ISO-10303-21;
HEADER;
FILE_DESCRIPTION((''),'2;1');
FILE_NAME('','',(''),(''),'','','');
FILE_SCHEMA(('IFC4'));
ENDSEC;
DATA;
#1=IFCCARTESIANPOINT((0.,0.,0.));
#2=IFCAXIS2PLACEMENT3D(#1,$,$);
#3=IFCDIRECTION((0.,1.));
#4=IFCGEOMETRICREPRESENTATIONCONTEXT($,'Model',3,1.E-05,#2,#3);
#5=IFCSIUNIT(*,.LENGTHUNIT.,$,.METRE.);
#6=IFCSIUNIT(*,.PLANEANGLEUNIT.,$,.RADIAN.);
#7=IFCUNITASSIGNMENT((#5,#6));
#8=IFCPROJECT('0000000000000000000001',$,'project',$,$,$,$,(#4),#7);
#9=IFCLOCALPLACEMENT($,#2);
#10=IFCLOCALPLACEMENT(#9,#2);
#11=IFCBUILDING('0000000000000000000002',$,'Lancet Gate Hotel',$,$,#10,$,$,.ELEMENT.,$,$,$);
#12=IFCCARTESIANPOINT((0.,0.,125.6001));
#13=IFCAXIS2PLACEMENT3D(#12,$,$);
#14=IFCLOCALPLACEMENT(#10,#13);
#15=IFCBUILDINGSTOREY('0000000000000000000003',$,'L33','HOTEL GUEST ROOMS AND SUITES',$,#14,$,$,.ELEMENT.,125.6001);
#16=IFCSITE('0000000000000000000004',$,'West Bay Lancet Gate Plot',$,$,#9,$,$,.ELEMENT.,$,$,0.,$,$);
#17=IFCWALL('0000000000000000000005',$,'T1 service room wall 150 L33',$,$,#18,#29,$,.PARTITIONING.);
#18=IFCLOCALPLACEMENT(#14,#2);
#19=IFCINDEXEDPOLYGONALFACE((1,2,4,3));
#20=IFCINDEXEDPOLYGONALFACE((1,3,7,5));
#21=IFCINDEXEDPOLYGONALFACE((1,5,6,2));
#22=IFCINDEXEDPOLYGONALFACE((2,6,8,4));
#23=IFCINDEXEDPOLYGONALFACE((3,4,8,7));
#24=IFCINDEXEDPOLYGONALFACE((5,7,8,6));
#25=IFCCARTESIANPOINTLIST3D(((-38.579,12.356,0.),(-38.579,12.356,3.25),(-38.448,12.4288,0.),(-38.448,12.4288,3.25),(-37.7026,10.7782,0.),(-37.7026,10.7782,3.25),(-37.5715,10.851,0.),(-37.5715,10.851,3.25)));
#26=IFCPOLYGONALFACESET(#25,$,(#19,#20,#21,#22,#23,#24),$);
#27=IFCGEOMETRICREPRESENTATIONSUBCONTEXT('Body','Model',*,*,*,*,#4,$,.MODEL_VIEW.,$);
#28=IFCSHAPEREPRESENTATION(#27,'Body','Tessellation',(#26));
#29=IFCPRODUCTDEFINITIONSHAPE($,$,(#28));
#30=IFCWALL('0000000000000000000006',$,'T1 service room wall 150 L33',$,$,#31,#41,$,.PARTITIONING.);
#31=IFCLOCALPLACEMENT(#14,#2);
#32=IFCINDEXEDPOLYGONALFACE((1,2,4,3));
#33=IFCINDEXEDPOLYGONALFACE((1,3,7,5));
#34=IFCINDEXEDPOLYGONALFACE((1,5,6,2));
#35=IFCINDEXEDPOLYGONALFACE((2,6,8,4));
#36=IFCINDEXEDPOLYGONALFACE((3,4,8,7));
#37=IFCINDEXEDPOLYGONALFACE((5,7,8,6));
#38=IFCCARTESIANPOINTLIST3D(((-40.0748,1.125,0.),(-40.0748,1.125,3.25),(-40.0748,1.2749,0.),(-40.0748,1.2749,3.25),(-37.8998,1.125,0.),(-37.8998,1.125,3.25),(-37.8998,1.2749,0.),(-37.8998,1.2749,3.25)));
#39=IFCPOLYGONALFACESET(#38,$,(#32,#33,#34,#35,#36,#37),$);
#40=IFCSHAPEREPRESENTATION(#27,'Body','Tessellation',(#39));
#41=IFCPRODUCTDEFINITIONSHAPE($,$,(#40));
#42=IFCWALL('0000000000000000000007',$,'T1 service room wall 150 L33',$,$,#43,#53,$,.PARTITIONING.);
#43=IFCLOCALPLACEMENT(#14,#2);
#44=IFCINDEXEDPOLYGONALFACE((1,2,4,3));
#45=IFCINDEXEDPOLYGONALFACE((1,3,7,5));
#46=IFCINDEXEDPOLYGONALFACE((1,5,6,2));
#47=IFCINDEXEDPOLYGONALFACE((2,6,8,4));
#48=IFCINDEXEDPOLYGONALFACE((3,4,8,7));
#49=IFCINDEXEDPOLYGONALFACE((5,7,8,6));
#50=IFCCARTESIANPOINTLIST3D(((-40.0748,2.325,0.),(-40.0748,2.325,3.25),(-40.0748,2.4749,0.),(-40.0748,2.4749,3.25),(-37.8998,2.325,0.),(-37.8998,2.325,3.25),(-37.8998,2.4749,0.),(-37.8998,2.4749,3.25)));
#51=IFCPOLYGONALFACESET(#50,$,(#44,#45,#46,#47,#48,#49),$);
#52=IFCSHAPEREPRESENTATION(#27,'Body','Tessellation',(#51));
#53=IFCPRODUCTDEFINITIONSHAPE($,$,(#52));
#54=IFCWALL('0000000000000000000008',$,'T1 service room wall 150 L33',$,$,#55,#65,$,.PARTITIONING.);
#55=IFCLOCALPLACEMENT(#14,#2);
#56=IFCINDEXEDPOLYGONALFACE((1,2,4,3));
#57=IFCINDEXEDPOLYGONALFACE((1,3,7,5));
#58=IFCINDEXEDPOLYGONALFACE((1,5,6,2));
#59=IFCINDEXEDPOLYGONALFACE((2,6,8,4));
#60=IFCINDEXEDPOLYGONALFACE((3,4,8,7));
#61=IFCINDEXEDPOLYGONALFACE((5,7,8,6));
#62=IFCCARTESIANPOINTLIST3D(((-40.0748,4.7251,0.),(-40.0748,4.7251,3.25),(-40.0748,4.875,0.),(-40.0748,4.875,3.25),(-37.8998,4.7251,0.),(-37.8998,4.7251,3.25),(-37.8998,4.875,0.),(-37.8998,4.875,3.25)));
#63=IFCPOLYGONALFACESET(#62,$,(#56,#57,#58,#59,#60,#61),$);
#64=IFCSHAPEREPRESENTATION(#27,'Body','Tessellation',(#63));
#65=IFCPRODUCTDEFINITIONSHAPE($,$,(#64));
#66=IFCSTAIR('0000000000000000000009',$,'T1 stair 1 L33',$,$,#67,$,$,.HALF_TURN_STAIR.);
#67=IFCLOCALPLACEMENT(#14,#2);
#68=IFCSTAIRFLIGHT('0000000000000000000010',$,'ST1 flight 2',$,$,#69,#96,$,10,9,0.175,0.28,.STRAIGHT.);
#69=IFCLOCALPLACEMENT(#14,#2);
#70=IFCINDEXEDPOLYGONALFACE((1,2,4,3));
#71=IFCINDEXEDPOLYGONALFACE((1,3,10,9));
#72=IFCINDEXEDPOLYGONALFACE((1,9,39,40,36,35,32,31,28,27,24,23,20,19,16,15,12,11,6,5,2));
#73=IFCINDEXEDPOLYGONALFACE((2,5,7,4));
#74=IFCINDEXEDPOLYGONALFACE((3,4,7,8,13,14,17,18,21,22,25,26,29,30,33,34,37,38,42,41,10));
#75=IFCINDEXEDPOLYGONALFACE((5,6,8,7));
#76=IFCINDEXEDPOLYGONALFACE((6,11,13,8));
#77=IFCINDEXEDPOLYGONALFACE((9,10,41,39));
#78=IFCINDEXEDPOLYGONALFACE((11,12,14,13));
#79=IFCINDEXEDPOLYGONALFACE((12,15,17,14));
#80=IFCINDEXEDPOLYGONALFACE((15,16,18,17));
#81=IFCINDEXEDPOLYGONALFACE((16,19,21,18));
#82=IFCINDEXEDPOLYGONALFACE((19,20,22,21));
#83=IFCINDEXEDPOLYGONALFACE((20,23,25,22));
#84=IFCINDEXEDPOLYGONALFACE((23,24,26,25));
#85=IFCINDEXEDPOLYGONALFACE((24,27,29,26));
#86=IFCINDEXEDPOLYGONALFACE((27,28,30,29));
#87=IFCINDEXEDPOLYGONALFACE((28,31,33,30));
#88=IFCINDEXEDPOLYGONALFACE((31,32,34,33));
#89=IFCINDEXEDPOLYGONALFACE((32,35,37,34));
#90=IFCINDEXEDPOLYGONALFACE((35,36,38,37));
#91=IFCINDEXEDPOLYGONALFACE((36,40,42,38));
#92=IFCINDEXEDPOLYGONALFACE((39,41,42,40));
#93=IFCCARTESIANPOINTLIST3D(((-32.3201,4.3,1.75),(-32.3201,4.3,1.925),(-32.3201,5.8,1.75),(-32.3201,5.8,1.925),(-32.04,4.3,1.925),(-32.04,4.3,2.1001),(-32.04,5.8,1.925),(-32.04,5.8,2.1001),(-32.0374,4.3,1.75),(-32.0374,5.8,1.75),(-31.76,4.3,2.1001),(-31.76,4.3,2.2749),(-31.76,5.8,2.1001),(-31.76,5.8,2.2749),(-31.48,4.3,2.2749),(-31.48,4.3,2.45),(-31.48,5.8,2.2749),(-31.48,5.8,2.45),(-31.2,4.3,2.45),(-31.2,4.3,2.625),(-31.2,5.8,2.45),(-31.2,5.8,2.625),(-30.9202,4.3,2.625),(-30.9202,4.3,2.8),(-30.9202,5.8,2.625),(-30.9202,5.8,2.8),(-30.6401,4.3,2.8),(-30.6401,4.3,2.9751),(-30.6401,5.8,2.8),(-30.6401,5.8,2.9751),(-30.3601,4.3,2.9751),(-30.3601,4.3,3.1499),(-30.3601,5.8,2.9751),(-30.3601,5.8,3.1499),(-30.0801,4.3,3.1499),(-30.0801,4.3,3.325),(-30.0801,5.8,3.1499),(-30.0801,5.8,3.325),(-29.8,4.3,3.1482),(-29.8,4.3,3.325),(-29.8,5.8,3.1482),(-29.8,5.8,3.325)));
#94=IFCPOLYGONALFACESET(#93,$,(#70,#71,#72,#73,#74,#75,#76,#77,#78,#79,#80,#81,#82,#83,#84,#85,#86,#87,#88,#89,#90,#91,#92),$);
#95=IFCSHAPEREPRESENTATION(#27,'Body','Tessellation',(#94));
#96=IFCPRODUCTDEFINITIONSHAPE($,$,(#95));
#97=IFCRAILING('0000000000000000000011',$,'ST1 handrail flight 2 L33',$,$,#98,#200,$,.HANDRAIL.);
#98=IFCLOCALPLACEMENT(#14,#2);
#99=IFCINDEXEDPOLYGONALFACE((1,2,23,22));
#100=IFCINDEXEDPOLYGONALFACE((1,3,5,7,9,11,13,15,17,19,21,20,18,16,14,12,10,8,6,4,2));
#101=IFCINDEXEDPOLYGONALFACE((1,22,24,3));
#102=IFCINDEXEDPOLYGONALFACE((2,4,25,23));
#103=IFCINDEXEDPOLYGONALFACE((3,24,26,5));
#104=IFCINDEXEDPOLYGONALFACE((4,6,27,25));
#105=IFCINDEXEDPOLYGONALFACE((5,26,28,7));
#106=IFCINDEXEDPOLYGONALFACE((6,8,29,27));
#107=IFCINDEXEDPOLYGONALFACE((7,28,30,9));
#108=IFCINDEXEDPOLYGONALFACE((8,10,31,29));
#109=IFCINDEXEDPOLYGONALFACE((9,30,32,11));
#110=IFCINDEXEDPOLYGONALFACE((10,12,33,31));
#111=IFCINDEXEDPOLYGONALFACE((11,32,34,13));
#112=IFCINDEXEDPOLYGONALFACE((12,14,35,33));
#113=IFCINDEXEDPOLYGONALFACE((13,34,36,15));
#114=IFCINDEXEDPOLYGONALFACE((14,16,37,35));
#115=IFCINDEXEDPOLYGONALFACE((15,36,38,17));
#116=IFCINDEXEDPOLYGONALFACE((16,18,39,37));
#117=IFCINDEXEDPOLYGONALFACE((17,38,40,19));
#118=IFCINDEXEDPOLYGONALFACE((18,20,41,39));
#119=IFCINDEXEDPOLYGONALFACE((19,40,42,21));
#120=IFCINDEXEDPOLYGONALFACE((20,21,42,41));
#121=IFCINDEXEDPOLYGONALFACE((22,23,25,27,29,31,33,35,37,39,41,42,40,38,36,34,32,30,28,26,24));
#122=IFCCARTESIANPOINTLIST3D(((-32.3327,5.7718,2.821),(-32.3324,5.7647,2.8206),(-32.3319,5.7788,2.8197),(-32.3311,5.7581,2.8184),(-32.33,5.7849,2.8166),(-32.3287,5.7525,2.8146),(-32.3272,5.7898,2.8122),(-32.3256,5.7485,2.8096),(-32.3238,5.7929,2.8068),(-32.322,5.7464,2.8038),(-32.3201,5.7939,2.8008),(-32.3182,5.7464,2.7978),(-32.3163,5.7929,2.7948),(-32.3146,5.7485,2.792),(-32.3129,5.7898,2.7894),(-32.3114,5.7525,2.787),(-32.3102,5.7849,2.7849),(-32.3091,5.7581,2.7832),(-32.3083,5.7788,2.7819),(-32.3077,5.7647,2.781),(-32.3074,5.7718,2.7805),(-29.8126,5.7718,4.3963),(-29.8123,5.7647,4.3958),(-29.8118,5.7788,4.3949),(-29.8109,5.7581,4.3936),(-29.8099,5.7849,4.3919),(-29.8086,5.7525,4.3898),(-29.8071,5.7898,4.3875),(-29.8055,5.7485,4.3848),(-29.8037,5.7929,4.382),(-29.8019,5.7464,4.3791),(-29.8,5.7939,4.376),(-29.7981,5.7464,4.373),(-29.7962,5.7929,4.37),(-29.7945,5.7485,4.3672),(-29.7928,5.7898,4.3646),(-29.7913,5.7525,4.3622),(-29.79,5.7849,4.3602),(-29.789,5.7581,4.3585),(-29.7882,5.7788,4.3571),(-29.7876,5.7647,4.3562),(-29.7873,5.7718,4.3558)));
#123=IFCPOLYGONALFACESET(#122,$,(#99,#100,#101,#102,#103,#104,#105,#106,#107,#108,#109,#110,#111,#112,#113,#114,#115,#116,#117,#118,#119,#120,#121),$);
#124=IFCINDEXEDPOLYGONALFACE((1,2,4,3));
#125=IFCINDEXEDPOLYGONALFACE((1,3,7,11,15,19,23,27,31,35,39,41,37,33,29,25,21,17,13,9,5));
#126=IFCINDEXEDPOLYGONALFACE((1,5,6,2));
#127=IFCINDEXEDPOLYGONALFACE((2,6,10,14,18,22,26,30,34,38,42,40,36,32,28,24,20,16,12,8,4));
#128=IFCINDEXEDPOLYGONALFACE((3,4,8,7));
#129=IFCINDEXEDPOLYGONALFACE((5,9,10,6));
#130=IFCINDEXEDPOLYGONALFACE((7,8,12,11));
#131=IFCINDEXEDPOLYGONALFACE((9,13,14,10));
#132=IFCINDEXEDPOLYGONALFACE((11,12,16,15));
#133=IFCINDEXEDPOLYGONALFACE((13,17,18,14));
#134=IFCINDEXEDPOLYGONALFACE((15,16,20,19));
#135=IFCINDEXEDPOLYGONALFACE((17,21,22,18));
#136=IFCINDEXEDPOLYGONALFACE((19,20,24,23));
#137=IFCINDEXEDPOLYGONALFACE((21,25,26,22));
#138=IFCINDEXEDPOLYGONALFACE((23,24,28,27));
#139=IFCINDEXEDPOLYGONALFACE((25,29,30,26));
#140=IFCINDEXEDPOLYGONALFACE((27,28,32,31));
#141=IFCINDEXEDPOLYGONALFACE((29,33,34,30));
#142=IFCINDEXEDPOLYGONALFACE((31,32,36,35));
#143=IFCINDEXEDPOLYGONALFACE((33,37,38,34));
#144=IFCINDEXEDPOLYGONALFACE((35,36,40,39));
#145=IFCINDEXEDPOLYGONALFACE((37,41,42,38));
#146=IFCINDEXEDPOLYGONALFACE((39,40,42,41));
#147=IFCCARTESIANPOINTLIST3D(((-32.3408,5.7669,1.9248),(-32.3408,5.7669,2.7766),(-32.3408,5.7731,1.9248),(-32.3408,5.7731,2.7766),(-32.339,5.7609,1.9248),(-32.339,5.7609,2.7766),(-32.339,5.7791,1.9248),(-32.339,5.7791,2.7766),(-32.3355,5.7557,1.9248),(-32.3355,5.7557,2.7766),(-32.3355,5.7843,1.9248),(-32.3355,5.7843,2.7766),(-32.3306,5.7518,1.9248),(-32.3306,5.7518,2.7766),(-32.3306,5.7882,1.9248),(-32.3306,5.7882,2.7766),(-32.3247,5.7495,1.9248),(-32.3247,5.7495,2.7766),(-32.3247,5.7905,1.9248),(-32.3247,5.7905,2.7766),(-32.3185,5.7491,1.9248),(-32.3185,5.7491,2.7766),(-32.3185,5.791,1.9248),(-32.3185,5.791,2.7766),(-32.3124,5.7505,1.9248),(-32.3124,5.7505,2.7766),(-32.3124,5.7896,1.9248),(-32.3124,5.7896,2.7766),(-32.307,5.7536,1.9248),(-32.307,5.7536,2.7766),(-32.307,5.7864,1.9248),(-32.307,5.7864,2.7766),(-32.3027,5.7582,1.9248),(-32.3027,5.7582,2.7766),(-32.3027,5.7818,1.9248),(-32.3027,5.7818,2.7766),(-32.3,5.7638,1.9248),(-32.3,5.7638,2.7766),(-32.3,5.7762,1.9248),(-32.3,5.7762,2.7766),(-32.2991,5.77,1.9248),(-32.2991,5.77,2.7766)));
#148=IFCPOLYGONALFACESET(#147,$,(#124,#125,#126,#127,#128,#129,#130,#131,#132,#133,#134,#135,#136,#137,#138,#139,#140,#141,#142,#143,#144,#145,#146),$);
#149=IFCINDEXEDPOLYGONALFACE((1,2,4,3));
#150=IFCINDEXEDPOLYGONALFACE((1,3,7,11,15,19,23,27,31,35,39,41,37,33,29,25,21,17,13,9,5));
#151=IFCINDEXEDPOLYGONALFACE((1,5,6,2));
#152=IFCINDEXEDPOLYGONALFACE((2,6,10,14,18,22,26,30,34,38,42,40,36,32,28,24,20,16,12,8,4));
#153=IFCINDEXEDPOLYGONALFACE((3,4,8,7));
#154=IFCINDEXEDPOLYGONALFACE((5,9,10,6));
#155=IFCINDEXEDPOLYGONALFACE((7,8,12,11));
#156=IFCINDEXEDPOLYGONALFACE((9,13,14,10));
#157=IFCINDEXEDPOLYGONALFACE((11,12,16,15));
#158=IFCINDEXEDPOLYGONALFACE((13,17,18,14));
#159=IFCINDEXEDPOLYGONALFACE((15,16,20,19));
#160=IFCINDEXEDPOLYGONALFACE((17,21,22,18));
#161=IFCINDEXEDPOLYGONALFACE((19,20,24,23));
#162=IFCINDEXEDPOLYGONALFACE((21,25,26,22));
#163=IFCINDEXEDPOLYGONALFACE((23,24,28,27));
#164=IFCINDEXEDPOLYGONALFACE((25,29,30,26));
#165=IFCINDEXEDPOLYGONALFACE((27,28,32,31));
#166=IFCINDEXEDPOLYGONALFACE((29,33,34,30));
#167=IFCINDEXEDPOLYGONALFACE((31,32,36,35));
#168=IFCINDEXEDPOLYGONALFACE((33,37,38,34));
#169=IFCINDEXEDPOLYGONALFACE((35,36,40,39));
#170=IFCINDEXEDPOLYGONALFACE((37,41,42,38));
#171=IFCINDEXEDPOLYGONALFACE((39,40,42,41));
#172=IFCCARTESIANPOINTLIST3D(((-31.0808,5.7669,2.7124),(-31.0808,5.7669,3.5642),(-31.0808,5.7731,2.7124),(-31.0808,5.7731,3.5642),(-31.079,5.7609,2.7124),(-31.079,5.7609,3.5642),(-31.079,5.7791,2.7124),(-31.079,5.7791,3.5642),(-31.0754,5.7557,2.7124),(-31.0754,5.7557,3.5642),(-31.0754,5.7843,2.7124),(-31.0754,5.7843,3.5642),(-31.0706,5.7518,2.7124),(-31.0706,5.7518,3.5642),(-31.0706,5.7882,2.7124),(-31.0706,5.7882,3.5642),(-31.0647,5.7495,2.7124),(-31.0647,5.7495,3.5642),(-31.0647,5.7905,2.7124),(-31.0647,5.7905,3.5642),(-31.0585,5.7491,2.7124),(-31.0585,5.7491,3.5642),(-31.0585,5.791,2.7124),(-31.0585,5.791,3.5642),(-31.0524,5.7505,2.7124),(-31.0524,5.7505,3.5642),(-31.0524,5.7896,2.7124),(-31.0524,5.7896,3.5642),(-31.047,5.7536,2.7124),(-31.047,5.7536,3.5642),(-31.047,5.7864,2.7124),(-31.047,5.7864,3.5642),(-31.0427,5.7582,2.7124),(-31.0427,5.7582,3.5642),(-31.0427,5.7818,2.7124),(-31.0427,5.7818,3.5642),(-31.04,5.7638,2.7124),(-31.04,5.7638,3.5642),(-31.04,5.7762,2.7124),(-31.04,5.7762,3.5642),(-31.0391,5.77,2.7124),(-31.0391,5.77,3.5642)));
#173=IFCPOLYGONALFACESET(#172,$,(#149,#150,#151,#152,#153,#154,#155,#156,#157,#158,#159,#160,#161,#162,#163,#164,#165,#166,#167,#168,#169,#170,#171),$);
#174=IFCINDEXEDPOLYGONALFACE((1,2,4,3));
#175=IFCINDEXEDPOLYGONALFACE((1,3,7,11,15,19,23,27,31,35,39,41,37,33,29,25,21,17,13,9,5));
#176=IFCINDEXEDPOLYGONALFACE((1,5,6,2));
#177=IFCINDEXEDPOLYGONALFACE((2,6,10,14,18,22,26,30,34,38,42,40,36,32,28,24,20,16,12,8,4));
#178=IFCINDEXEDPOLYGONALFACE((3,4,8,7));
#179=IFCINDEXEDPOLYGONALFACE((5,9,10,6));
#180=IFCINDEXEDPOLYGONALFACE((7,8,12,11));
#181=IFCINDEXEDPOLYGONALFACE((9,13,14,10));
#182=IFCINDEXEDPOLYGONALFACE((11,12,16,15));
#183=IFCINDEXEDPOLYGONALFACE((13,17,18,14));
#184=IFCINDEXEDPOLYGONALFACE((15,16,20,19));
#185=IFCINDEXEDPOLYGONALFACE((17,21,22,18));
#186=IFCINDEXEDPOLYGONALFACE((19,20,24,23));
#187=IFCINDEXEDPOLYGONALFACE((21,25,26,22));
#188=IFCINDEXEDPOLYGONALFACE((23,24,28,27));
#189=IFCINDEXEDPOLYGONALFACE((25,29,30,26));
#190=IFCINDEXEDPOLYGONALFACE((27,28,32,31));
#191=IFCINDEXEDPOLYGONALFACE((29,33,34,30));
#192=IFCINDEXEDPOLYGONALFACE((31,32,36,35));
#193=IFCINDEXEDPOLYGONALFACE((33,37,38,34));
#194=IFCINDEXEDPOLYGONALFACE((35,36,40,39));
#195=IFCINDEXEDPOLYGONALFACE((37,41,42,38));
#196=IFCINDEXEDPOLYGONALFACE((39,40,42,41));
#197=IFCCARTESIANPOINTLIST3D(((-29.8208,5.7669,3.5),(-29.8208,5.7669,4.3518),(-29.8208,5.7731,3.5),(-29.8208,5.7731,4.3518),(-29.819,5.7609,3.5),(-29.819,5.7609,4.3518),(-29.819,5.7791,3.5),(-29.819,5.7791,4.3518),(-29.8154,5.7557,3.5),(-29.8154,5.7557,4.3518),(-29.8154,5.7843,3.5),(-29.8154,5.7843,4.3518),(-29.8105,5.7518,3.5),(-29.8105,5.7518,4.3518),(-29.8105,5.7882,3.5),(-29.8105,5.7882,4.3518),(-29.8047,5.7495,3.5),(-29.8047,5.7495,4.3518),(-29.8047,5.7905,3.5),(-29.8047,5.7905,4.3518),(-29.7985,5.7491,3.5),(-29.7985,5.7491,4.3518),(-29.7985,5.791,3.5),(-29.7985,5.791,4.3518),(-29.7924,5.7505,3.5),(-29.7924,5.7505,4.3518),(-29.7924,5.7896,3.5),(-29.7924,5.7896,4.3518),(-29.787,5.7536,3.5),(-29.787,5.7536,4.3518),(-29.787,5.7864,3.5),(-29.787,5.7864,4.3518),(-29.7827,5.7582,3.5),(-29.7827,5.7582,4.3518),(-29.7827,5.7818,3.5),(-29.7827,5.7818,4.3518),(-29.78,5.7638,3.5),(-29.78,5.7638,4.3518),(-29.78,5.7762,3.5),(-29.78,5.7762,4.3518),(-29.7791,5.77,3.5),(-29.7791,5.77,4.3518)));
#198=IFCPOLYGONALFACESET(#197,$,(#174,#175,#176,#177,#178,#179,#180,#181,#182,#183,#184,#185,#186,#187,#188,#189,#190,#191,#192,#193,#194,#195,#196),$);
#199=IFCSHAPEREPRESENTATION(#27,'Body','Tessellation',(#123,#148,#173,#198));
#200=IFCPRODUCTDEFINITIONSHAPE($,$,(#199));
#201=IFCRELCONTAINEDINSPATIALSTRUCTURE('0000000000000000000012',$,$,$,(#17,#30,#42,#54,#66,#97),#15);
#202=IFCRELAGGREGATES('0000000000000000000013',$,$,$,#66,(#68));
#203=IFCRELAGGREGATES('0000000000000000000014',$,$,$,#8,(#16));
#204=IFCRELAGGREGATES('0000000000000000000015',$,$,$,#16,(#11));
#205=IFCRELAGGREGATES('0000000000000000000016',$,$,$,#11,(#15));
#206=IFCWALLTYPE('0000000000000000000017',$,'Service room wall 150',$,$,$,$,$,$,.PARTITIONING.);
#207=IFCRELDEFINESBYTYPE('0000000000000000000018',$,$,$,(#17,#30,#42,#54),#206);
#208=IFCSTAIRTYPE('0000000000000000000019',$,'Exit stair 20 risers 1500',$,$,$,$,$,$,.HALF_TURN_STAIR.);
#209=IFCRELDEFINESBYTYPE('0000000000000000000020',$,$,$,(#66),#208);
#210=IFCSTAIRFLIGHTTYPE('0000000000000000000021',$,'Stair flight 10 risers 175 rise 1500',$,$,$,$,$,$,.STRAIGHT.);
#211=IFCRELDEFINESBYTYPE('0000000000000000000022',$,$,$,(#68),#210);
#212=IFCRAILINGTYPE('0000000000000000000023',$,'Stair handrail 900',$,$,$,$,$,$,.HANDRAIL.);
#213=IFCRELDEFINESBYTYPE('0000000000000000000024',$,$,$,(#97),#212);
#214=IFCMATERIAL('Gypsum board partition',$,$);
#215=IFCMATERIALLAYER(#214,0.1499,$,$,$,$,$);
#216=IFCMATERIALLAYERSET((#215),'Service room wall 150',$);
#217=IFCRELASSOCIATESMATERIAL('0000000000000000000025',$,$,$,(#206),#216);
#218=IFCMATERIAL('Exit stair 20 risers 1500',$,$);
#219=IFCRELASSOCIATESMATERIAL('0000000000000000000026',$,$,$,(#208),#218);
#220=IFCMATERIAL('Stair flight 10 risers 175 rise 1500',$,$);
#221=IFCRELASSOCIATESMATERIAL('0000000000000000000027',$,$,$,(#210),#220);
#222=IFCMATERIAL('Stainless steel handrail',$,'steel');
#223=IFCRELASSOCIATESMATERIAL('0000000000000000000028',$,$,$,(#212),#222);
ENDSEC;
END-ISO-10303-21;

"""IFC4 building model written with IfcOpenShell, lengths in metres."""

from ifc_helpers import new_model, si_unit, direction, frame, frame_2d, origin, origin_2d, place, context, subcontext, project, spatial, polyline, rectangle, circle, outline, extrude, material, layer, layer_set, type_object, element, aggregate, save


model = new_model("IFC4")

# Units and contexts
model_context = context("Model", 3, precision=1e-05, world=origin(), true_north=direction((0.0, 1.0)))
body_context = subcontext(model_context, "Body", "Model", "MODEL_VIEW")
ifc_project = project(units=[si_unit("LENGTHUNIT", "METRE"), si_unit("PLANEANGLEUNIT", "RADIAN")], contexts=[model_context])

# Site, building, storey
site_placement = place(None, origin())
site = spatial("IfcSite", under=ifc_project, at=site_placement, Name="West Bay Lancet Gate Plot", CompositionType="ELEMENT", RefElevation=0.0)
building_placement = place(site_placement, origin())
building = spatial("IfcBuilding", under=site, at=building_placement, Name="Lancet Gate Hotel", CompositionType="ELEMENT")
storey_placement = place(building_placement, frame((0.0, 0.0, 125.6001)))
storey = spatial("IfcBuildingStorey", under=building, at=storey_placement, Name="L33", Description="HOTEL GUEST ROOMS AND SUITES", CompositionType="ELEMENT", Elevation=125.6001)

# Walls
ifc_material_1 = material(Name="Gypsum board partition")
ifc_layer_1 = layer(ifc_material_1, 0.1499)
ifc_layer_set_1 = layer_set([ifc_layer_1], Name="Service room wall 150")
wall_type_1 = type_object("IfcWallType", Name="Service room wall 150", PredefinedType="PARTITIONING", material=ifc_layer_set_1)
wall_1_placement = place(storey_placement, frame((-38.5134, 12.3923, 0.0), z_axis=(0.0, 0.0, 1.0), x_axis=(0.485586, -0.874189, 0.0)))
element("IfcWall", 1, at=wall_1_placement, inside=storey, type_object=wall_type_1, Name="T1 service room wall 150 L33", PredefinedType="PARTITIONING", context=body_context, shape_type="SweptSolid", body=[
    extrude(rectangle(XDim=1.8049, YDim=0.1499, at=frame_2d((0.9023, 0.0))), origin(), (0.0, 0.0, 1.0), 3.25),
])
for number, where, z_axis, x_axis, name in (
    (2, (-37.8999, 1.2, 0.0), (0.0, 0.0, 1.0), (-1.0, 0.0, 0.0), "T1 service room wall 150 L33"),
    (3, (-37.8999, 2.3999, 0.0), (0.0, 0.0, 1.0), (-1.0, 0.0, 0.0), "T1 service room wall 150 L33"),
    (4, (-37.8999, 4.8, 0.0), (0.0, 0.0, 1.0), (-1.0, 0.0, 0.0), "T1 service room wall 150 L33"),
):
    element("IfcWall", number, at=place(storey_placement, frame(where, z_axis=z_axis, x_axis=x_axis)), inside=storey, type_object=wall_type_1, Name=name, PredefinedType="PARTITIONING", context=body_context, shape_type="SweptSolid", body=[
        extrude(rectangle(XDim=2.175, YDim=0.1499, at=frame_2d((1.0874, 0.0))), origin(), (0.0, 0.0, 1.0), 3.25),
    ])

# Stair, stair flight
ifc_material_2 = material(Name="Exit stair 20 risers 1500")
stair_type = type_object("IfcStairType", Name="Exit stair 20 risers 1500", PredefinedType="HALF_TURN_STAIR", material=ifc_material_2)
stair_placement = place(storey_placement, origin())
stair = element("IfcStair", 5, at=stair_placement, inside=storey, type_object=stair_type, Name="T1 stair 1 L33", PredefinedType="HALF_TURN_STAIR")
ifc_material_3 = material(Name="Stair flight 10 risers 175 rise 1500")
stair_flight_type = type_object("IfcStairFlightType", Name="Stair flight 10 risers 175 rise 1500", PredefinedType="STRAIGHT", material=ifc_material_3)
stair_flight_placement = place(storey_placement, frame((-32.3201, 5.05, 1.75), z_axis=(0.0, 0.0, 1.0), x_axis=(1.0, 0.0, 0.0)))
stair_flight = element("IfcStairFlight", 6, at=stair_flight_placement, type_object=stair_flight_type, Name="ST1 flight 2", NumberOfRisers=10, NumberOfTreads=9, PredefinedType="STRAIGHT", RiserHeight=0.175, TreadLength=0.28, context=body_context, shape_type="SweptSolid", body=[
    extrude(outline(polyline([(0.0, 0.0), (0.0, 0.175), (0.28, 0.175), (0.28, 0.3501), (0.5601, 0.3501), (0.5601, 0.5249), (0.8401, 0.5249), (0.8401, 0.7), (1.1201, 0.7), (1.1201, 0.875), (1.3999, 0.875), (1.3999, 1.05), (1.6799, 1.05), (1.6799, 1.2251), (1.96, 1.2251), (1.96, 1.3999), (2.24, 1.3999), (2.24, 1.575), (2.52, 1.575), (2.52, 1.75), (2.52, 1.3982), (0.2827, 0.0), (0.0, 0.0)])), frame((0.0, 0.75, 0.0), z_axis=(0.0, -1.0, 0.0), x_axis=(1.0, 0.0, 0.0)), (0.0, 0.0, 1.0), 1.5),
])
aggregate(stair, [stair_flight])

# Railing
ifc_material_4 = material(Name="Stainless steel handrail", Category="steel")
railing_type = type_object("IfcRailingType", Name="Stair handrail 900", PredefinedType="HANDRAIL", material=ifc_material_4)
railing_placement = place(storey_placement, frame((-32.3201, 5.77, 1.9248)))
element("IfcRailing", 7, at=railing_placement, inside=storey, type_object=railing_type, Name="ST1 handrail flight 2 L33", PredefinedType="HANDRAIL", context=body_context, shape_type="SweptSolid", body=[
    extrude(circle(Radius=0.0239, at=origin_2d()), frame((0.0, 0.0, 0.876), z_axis=(0.847971, 0.0, 0.530043), x_axis=(0.0, 1.0, 0.0)), (0.0, 0.0, 1.0), 2.9719),
    extrude(circle(Radius=0.021, at=origin_2d()), origin(), (0.0, 0.0, 1.0), 0.8518),
    extrude(circle(Radius=0.021, at=origin_2d()), frame((1.26, 0.0, 0.7876)), (0.0, 0.0, 1.0), 0.8518),
    extrude(circle(Radius=0.021, at=origin_2d()), frame((2.52, 0.0, 1.5752)), (0.0, 0.0, 1.0), 0.8518),
])

save(model, "model.ifc")
